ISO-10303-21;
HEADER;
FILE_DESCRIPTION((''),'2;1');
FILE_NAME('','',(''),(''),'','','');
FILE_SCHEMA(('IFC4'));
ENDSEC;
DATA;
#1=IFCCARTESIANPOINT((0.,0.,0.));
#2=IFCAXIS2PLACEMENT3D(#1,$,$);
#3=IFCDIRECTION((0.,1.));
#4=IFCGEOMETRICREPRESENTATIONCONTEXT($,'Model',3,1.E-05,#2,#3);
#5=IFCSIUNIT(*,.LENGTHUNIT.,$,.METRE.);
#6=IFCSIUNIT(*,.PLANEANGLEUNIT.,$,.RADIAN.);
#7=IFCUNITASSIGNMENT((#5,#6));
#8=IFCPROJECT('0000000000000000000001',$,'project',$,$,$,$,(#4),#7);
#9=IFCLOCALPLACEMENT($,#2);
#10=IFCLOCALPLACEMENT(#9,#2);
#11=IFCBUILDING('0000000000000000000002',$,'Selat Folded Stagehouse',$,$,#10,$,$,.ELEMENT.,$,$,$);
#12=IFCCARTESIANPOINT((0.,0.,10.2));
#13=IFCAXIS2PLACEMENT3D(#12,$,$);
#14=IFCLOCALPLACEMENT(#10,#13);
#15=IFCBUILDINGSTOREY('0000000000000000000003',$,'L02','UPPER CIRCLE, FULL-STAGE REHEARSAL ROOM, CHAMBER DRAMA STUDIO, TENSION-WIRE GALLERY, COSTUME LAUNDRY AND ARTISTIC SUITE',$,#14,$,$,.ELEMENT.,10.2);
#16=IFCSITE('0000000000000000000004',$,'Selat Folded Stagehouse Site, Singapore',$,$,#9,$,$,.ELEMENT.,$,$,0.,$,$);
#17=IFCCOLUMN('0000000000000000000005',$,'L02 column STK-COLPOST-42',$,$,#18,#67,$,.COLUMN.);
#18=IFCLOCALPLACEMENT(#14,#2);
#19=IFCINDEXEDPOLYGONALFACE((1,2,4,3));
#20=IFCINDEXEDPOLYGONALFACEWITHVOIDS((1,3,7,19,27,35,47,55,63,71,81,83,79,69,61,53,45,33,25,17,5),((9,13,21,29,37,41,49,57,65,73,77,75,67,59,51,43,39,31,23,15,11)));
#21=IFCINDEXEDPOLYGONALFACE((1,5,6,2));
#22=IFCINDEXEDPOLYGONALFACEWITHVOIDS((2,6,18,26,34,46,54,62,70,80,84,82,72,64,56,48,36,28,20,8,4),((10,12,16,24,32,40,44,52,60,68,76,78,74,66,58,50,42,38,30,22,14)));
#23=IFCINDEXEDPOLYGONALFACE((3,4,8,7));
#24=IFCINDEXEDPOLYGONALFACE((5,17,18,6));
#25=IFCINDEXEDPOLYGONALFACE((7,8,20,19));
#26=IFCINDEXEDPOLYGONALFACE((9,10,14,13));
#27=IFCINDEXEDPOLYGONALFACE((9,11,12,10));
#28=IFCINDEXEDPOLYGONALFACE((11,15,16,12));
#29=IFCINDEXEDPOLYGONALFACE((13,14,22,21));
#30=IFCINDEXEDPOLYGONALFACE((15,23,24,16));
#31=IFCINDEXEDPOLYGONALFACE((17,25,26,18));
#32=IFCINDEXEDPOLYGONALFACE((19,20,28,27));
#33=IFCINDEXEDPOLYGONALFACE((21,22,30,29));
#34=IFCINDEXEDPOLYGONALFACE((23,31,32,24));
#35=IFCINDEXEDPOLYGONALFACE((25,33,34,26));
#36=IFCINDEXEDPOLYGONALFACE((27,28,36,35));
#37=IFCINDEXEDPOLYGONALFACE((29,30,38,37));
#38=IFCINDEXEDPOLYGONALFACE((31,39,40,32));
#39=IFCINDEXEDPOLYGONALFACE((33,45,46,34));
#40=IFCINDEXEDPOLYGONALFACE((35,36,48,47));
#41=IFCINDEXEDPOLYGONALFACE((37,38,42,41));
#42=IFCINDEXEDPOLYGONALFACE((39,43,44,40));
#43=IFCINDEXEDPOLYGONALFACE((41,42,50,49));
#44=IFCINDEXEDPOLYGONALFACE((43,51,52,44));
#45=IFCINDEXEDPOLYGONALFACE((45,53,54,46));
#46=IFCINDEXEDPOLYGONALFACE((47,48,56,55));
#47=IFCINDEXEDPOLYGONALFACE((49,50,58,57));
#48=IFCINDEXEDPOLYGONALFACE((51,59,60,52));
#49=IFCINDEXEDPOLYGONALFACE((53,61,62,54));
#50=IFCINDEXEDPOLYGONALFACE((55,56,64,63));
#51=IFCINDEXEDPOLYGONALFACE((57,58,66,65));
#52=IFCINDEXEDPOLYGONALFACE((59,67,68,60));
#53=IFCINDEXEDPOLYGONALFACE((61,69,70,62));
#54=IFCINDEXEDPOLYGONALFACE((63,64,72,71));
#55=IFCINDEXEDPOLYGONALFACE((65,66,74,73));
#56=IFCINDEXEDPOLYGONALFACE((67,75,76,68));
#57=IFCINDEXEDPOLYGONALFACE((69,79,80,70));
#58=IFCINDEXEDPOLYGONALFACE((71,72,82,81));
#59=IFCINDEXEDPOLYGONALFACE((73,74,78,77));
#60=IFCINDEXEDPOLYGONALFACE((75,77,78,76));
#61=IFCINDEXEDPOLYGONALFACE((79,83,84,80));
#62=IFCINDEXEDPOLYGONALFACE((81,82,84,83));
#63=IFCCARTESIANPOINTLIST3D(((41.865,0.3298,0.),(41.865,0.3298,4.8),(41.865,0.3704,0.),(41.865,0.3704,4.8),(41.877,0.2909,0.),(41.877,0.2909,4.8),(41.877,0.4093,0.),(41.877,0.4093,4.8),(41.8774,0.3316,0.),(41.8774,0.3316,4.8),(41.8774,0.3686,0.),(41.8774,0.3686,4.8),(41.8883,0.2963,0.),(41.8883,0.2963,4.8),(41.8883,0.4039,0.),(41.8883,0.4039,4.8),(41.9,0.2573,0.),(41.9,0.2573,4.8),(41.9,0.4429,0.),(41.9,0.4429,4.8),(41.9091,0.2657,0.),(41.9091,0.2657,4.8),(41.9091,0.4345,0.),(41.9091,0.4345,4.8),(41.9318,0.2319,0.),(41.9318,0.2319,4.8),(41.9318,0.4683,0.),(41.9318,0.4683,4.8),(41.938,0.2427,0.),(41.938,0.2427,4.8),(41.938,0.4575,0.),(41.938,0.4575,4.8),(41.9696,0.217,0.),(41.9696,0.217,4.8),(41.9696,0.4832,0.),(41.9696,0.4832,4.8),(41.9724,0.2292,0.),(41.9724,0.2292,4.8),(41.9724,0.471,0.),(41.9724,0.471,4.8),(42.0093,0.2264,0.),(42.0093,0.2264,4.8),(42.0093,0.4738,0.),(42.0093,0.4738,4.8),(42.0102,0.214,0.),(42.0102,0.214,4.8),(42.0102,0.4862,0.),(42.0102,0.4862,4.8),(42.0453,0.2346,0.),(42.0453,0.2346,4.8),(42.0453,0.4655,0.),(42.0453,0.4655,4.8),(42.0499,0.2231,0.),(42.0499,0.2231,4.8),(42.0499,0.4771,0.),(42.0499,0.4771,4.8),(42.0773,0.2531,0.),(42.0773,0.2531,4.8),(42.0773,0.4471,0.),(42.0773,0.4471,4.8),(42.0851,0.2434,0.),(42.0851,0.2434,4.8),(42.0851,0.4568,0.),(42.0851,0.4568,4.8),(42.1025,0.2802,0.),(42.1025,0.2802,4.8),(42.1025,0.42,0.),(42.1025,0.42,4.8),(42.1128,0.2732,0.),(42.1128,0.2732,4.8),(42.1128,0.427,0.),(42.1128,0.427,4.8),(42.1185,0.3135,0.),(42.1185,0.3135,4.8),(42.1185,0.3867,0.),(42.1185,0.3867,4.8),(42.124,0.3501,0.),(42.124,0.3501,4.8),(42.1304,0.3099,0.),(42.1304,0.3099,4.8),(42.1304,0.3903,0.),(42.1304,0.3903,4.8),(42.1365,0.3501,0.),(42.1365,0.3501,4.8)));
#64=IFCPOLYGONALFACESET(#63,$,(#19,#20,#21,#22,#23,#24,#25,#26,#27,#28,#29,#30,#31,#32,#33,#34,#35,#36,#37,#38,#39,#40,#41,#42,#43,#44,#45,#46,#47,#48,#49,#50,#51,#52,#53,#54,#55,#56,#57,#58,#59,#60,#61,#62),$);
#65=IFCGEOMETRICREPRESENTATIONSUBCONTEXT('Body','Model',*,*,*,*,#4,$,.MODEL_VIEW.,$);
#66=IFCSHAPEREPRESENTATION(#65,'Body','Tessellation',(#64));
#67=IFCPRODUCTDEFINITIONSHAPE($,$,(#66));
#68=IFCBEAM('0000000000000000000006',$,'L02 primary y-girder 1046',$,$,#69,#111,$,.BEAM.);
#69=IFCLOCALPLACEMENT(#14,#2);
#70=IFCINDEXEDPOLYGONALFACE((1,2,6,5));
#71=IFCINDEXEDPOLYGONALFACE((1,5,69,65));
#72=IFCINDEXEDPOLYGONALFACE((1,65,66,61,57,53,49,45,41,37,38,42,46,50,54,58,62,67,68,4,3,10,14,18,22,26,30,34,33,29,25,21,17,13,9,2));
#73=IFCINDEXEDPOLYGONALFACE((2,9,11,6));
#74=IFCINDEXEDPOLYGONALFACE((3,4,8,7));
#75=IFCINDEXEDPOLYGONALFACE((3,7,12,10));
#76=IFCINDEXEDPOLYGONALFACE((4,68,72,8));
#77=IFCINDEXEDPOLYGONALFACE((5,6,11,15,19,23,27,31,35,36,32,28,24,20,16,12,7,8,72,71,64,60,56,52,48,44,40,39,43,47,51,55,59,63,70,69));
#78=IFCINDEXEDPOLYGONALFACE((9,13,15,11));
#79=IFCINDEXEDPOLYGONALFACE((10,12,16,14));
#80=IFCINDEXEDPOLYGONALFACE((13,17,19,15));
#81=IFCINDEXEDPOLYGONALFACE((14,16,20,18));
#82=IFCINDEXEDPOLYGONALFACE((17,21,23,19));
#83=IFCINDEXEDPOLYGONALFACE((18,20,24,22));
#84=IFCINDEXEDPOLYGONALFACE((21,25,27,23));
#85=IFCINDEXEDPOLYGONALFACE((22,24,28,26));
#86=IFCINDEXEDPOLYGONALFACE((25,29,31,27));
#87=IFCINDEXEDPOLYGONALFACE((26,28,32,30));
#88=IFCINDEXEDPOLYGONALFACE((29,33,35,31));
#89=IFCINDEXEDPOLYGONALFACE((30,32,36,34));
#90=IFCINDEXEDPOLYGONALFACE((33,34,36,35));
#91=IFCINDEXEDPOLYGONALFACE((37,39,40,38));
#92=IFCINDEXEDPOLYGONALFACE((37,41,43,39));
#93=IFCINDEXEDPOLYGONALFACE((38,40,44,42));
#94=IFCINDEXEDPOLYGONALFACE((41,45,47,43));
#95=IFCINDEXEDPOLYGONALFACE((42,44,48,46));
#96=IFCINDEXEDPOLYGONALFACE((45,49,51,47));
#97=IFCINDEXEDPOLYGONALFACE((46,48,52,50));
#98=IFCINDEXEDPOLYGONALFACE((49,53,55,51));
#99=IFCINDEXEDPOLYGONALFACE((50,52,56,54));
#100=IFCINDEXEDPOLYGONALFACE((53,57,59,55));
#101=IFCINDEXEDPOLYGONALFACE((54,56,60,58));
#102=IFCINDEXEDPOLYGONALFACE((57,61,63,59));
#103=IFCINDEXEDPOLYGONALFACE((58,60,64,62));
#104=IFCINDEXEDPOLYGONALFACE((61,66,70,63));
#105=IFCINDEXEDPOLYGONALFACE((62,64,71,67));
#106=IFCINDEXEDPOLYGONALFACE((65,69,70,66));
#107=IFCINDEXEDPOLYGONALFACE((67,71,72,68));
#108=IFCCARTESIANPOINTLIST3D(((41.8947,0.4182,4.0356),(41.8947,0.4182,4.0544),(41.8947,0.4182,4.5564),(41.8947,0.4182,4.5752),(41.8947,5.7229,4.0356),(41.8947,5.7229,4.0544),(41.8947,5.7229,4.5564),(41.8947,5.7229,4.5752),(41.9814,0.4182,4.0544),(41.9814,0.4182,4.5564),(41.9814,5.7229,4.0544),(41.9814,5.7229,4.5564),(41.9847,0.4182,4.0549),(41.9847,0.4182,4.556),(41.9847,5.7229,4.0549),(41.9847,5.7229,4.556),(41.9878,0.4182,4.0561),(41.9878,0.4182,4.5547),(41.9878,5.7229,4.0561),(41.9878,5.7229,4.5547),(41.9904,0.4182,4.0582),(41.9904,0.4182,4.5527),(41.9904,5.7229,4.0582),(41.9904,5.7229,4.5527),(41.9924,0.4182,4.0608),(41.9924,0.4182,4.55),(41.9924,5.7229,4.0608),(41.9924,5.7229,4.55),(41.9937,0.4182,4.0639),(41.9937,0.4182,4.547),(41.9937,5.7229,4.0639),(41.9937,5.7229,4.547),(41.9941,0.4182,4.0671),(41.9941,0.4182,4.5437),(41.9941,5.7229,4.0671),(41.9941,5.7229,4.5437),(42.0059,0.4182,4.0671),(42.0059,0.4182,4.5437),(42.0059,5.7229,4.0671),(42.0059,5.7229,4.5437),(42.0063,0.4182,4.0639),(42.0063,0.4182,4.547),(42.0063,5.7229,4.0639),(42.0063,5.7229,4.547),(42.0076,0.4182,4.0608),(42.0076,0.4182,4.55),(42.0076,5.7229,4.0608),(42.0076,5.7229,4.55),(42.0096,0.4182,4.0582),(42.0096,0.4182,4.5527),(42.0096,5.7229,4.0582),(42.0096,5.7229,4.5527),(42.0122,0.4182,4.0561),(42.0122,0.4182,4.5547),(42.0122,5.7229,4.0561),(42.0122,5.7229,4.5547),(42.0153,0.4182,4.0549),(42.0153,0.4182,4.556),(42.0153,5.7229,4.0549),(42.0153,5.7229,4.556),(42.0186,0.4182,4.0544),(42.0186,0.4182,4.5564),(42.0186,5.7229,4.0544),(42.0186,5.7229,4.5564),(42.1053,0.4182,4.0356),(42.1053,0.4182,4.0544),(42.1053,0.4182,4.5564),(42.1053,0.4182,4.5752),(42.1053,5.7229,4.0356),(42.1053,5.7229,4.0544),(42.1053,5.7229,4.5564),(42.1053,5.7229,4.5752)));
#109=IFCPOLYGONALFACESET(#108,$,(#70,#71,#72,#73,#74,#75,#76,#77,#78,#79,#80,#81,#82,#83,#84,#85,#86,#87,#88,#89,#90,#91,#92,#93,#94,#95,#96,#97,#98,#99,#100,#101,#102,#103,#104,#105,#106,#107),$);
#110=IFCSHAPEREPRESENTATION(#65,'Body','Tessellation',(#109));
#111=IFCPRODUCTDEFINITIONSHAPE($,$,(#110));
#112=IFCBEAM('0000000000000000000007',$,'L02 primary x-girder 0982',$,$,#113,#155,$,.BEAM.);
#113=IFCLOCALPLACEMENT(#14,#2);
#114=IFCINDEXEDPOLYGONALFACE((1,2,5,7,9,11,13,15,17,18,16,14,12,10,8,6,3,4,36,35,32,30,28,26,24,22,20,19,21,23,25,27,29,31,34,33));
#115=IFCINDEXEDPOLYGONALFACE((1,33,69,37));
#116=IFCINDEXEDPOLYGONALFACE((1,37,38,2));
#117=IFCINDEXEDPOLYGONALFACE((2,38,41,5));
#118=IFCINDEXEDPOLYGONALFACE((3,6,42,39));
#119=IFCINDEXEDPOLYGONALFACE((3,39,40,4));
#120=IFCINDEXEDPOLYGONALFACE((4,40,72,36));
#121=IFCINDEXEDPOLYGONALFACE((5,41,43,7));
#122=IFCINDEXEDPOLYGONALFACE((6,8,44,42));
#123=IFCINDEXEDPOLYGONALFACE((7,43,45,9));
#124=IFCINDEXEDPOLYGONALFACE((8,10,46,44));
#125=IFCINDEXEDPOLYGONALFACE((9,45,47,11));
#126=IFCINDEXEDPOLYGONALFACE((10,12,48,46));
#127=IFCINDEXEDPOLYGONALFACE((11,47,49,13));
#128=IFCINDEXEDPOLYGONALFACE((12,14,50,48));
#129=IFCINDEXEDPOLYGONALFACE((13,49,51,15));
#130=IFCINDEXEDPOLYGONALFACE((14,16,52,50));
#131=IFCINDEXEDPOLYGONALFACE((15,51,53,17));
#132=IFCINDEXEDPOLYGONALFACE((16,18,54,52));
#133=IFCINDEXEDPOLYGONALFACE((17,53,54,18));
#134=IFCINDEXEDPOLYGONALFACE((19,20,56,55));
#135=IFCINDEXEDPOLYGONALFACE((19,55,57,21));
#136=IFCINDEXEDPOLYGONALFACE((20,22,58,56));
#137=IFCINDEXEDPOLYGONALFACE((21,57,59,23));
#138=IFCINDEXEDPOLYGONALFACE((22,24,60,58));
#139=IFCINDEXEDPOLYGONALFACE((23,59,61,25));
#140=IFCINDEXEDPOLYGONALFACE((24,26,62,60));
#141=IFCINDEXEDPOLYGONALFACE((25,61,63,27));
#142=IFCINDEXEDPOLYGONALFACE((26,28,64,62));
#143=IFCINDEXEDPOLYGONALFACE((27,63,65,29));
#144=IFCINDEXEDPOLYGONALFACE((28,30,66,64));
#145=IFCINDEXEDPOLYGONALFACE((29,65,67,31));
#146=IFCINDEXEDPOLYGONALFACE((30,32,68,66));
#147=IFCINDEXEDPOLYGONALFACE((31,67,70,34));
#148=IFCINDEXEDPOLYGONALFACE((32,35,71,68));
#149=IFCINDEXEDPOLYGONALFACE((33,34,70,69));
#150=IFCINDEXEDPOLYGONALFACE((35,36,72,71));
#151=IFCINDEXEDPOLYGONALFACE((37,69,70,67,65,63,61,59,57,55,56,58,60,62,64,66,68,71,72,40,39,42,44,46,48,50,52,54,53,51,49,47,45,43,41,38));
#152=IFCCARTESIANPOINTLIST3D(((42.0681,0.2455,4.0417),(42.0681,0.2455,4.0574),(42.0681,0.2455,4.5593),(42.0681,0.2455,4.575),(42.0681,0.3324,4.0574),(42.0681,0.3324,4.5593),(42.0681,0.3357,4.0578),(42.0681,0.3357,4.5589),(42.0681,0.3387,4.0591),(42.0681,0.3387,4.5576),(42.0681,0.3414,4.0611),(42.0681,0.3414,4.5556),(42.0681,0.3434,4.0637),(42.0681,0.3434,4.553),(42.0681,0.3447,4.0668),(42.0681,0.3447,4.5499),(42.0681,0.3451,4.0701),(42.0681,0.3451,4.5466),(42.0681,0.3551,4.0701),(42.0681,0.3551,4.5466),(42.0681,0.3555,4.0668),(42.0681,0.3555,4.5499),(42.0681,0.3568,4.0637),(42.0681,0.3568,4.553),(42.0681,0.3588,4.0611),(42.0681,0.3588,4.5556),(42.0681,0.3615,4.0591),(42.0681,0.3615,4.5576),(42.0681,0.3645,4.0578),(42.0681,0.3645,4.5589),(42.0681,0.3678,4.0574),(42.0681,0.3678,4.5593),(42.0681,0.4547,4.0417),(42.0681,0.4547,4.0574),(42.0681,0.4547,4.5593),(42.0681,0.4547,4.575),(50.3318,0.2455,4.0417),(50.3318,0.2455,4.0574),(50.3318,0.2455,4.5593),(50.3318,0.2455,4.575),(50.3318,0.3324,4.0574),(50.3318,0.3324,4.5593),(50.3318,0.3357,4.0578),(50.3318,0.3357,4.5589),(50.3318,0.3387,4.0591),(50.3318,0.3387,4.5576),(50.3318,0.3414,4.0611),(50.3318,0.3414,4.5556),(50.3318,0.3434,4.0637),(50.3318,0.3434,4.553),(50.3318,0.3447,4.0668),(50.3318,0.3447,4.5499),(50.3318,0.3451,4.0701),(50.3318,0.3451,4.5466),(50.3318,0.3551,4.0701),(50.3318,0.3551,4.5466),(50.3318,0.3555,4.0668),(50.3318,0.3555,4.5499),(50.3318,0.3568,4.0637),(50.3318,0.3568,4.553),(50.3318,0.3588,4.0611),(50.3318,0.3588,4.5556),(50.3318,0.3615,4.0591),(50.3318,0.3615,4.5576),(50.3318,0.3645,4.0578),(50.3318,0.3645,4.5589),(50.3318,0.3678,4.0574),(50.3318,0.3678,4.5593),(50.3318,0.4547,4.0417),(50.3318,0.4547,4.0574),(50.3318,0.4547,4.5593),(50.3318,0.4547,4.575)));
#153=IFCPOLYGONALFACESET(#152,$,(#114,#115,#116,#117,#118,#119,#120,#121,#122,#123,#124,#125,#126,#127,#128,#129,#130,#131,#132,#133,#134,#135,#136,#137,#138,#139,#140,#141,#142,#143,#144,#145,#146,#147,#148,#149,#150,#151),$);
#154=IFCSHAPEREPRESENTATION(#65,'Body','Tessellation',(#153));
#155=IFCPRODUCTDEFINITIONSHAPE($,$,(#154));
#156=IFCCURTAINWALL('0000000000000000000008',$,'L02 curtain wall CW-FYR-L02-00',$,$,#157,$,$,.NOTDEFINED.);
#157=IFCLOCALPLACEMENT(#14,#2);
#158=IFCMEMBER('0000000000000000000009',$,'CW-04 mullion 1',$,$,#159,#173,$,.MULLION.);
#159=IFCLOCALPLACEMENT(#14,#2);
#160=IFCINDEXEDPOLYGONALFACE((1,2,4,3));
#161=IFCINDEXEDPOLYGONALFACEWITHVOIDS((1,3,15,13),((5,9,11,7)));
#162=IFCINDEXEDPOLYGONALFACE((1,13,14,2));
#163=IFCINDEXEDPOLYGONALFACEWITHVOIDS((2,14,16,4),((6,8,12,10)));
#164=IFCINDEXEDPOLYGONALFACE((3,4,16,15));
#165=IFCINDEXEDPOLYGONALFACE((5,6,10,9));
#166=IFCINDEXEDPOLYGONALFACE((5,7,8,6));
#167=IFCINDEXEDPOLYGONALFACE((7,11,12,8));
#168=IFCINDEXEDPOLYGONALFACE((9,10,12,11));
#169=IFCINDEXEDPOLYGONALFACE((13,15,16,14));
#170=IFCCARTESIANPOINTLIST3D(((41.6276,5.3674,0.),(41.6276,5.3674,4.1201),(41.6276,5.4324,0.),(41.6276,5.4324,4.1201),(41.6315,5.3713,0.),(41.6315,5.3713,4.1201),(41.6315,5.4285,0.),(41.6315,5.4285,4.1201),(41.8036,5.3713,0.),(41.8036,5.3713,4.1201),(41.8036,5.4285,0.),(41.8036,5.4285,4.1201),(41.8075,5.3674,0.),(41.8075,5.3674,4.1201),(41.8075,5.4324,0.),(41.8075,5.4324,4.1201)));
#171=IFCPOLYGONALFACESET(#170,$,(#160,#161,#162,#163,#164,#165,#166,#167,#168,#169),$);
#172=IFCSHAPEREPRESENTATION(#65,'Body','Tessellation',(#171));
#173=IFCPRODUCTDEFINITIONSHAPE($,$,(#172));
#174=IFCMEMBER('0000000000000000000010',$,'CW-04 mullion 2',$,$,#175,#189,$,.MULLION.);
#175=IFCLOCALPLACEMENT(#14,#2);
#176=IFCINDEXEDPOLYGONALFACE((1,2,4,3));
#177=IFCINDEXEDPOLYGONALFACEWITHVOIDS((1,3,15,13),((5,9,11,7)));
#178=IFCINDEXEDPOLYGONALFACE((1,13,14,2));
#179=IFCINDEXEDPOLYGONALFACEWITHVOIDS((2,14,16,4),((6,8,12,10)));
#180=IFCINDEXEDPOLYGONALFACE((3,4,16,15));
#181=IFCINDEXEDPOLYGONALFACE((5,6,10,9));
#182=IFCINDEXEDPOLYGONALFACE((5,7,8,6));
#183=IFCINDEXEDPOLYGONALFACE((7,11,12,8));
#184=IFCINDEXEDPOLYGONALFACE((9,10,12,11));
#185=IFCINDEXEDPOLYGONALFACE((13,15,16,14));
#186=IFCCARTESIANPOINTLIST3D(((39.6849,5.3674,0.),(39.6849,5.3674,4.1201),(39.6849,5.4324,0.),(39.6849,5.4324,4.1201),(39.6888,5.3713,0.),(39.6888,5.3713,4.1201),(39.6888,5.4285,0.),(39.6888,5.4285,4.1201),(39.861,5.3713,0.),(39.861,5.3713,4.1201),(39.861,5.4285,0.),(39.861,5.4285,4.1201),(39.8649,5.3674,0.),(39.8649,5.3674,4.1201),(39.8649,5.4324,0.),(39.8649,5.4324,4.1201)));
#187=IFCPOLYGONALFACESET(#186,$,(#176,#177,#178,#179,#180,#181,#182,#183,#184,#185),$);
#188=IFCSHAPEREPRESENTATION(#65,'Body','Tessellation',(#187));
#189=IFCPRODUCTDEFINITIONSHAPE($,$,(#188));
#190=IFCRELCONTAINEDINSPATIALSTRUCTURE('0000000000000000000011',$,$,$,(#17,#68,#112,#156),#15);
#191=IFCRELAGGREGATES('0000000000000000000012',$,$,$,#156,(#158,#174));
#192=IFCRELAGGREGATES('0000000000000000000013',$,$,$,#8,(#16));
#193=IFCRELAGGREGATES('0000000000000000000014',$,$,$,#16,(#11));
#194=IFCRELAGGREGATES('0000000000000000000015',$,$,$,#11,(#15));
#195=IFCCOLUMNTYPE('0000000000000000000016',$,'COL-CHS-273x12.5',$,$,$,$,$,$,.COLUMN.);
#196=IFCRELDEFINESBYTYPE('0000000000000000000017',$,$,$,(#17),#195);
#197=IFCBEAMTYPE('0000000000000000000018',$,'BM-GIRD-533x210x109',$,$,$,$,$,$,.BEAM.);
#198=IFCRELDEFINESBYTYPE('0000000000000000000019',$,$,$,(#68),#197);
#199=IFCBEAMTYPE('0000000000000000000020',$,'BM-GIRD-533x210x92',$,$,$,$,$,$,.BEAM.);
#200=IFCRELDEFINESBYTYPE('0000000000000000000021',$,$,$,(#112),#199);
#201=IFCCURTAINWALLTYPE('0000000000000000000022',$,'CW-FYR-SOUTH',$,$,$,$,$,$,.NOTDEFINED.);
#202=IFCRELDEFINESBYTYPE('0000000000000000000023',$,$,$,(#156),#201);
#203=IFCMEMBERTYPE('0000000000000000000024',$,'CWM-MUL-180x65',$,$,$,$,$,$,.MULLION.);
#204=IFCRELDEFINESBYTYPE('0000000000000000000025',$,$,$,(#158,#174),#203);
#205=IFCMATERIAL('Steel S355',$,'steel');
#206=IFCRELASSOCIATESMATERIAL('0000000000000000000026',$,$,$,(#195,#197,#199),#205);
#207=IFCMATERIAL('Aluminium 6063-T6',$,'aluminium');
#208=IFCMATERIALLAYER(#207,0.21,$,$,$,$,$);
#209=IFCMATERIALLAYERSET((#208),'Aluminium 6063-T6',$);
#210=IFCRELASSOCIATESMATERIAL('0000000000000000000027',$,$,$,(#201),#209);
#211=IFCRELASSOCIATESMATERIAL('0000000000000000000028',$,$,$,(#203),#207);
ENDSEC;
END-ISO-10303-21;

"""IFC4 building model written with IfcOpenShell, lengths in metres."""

from ifc_helpers import new_model, si_unit, direction, frame, origin, origin_2d, place, context, subcontext, project, spatial, hollow_rectangle, hollow_circle, i_section, extrude, material, layer, layer_set, material_profile, profile_set, type_object, element, aggregate, save


model = new_model("IFC4")

# Units and contexts
model_context = context("Model", 3, precision=1e-05, world=origin(), true_north=direction((0.0, 1.0)))
body_context = subcontext(model_context, "Body", "Model", "MODEL_VIEW")
ifc_project = project(units=[si_unit("LENGTHUNIT", "METRE"), si_unit("PLANEANGLEUNIT", "RADIAN")], contexts=[model_context])

# Site, building, storey
site_placement = place(None, origin())
site = spatial("IfcSite", under=ifc_project, at=site_placement, Name="Selat Folded Stagehouse Site, Singapore", CompositionType="ELEMENT", RefElevation=0.0)
building_placement = place(site_placement, origin())
building = spatial("IfcBuilding", under=site, at=building_placement, Name="Selat Folded Stagehouse", CompositionType="ELEMENT")
storey_placement = place(building_placement, frame((0.0, 0.0, 10.2)))
storey = spatial("IfcBuildingStorey", under=building, at=storey_placement, Name="L02", Description="UPPER CIRCLE, FULL-STAGE REHEARSAL ROOM, CHAMBER DRAMA STUDIO, TENSION-WIRE GALLERY, COSTUME LAUNDRY AND ARTISTIC SUITE", CompositionType="ELEMENT", Elevation=10.2)

# Column
ifc_material_1 = material(Name="Steel S355", Category="steel")
ifc_material_profile_1 = material_profile(ifc_material_1, hollow_circle(Radius=0.1365, WallThickness=0.0125, at=origin_2d()), Name="CHS 273.0x12.5")
ifc_profile_set_1 = profile_set([ifc_material_profile_1], Name="Steel S355")
column_type = type_object("IfcColumnType", Name="COL-CHS-273x12.5", PredefinedType="COLUMN", material=ifc_profile_set_1)
column_placement = place(storey_placement, frame((42.0, 0.3501, 0.0), z_axis=(0.0, 0.0, 1.0), x_axis=(1.0, 0.0, 0.0)))
element("IfcColumn", 1, at=column_placement, inside=storey, type_object=column_type, Name="L02 column STK-COLPOST-42", PredefinedType="COLUMN", context=body_context, shape_type="SweptSolid", body=[
    extrude(hollow_circle(Radius=0.1365, WallThickness=0.0125, at=origin_2d()), origin(), (0.0, 0.0, 1.0), 4.8),
])

# Beams
ifc_material_profile_2 = material_profile(ifc_material_1, i_section(OverallWidth=0.2107, OverallDepth=0.5396, WebThickness=0.0117, FlangeThickness=0.0188, FilletRadius=0.0127, at=origin_2d()), Name="UKB 533x210x109")
ifc_profile_set_2 = profile_set([ifc_material_profile_2], Name="Steel S355")
beam_type_1 = type_object("IfcBeamType", Name="BM-GIRD-533x210x109", PredefinedType="BEAM", material=ifc_profile_set_2)
beam_1_placement = place(storey_placement, frame((42.0, 0.4182, 4.3054), z_axis=(0.0, 1.0, 0.0), x_axis=(-1.0, 0.0, 0.0)))
element("IfcBeam", 2, at=beam_1_placement, inside=storey, type_object=beam_type_1, Name="L02 primary y-girder 1046", PredefinedType="BEAM", context=body_context, shape_type="SweptSolid", body=[
    extrude(i_section(OverallWidth=0.2107, OverallDepth=0.5396, WebThickness=0.0117, FlangeThickness=0.0188, FilletRadius=0.0127, at=origin_2d()), origin(), (0.0, 0.0, 1.0), 5.3047),
])
ifc_material_profile_3 = material_profile(ifc_material_1, i_section(OverallWidth=0.2092, OverallDepth=0.5332, WebThickness=0.01, FlangeThickness=0.0156, FilletRadius=0.0127, at=origin_2d()), Name="UKB 533x210x92")
ifc_profile_set_3 = profile_set([ifc_material_profile_3], Name="Steel S355")
beam_type_2 = type_object("IfcBeamType", Name="BM-GIRD-533x210x92", PredefinedType="BEAM", material=ifc_profile_set_3)
beam_2_placement = place(storey_placement, frame((42.0681, 0.3501, 4.3083), z_axis=(1.0, 0.0, 0.0), x_axis=(0.0, 1.0, 0.0)))
element("IfcBeam", 3, at=beam_2_placement, inside=storey, type_object=beam_type_2, Name="L02 primary x-girder 0982", PredefinedType="BEAM", context=body_context, shape_type="SweptSolid", body=[
    extrude(i_section(OverallWidth=0.2092, OverallDepth=0.5332, WebThickness=0.01, FlangeThickness=0.0156, FilletRadius=0.0127, at=origin_2d()), origin(), (0.0, 0.0, 1.0), 8.2637),
])

# Curtain wall, members
ifc_material_2 = material(Name="Aluminium 6063-T6", Category="aluminium")
ifc_layer_1 = layer(ifc_material_2, 0.21)
ifc_layer_set_1 = layer_set([ifc_layer_1], Name="Aluminium 6063-T6")
curtain_wall_type = type_object("IfcCurtainWallType", Name="CW-FYR-SOUTH", PredefinedType="NOTDEFINED", material=ifc_layer_set_1)
curtain_wall_placement = place(storey_placement, origin())
curtain_wall = element("IfcCurtainWall", 4, at=curtain_wall_placement, inside=storey, type_object=curtain_wall_type, Name="L02 curtain wall CW-FYR-L02-00", PredefinedType="NOTDEFINED")
ifc_material_profile_4 = material_profile(ifc_material_2, hollow_rectangle(XDim=0.0649, YDim=0.1799, WallThickness=0.0039, at=origin_2d()), Name="ALU 180x65x4.0")
ifc_profile_set_4 = profile_set([ifc_material_profile_4], Name="Aluminium 6063-T6")
member_type_1 = type_object("IfcMemberType", Name="CWM-MUL-180x65", PredefinedType="MULLION", material=ifc_profile_set_4)
member_1_placement = place(storey_placement, frame((41.7175, 5.3999, 0.0), z_axis=(0.0, 0.0, 1.0), x_axis=(0.0, -1.0, 0.0)))
member_1 = element("IfcMember", 5, at=member_1_placement, type_object=member_type_1, Name="CW-04 mullion 1", PredefinedType="MULLION", context=body_context, shape_type="SweptSolid", body=[
    extrude(hollow_rectangle(XDim=0.0649, YDim=0.1799, WallThickness=0.0039, at=origin_2d()), origin(), (0.0, 0.0, 1.0), 4.1201),
])
member_2_placement = place(storey_placement, frame((39.7749, 5.3999, 0.0), z_axis=(0.0, 0.0, 1.0), x_axis=(0.0, -1.0, 0.0)))
member_2 = element("IfcMember", 6, at=member_2_placement, type_object=member_type_1, Name="CW-04 mullion 2", PredefinedType="MULLION", context=body_context, shape_type="SweptSolid", body=[
    extrude(hollow_rectangle(XDim=0.0649, YDim=0.1799, WallThickness=0.0039, at=origin_2d()), origin(), (0.0, 0.0, 1.0), 4.1201),
])
aggregate(curtain_wall, [member_1, member_2])

save(model, "model.ifc")
